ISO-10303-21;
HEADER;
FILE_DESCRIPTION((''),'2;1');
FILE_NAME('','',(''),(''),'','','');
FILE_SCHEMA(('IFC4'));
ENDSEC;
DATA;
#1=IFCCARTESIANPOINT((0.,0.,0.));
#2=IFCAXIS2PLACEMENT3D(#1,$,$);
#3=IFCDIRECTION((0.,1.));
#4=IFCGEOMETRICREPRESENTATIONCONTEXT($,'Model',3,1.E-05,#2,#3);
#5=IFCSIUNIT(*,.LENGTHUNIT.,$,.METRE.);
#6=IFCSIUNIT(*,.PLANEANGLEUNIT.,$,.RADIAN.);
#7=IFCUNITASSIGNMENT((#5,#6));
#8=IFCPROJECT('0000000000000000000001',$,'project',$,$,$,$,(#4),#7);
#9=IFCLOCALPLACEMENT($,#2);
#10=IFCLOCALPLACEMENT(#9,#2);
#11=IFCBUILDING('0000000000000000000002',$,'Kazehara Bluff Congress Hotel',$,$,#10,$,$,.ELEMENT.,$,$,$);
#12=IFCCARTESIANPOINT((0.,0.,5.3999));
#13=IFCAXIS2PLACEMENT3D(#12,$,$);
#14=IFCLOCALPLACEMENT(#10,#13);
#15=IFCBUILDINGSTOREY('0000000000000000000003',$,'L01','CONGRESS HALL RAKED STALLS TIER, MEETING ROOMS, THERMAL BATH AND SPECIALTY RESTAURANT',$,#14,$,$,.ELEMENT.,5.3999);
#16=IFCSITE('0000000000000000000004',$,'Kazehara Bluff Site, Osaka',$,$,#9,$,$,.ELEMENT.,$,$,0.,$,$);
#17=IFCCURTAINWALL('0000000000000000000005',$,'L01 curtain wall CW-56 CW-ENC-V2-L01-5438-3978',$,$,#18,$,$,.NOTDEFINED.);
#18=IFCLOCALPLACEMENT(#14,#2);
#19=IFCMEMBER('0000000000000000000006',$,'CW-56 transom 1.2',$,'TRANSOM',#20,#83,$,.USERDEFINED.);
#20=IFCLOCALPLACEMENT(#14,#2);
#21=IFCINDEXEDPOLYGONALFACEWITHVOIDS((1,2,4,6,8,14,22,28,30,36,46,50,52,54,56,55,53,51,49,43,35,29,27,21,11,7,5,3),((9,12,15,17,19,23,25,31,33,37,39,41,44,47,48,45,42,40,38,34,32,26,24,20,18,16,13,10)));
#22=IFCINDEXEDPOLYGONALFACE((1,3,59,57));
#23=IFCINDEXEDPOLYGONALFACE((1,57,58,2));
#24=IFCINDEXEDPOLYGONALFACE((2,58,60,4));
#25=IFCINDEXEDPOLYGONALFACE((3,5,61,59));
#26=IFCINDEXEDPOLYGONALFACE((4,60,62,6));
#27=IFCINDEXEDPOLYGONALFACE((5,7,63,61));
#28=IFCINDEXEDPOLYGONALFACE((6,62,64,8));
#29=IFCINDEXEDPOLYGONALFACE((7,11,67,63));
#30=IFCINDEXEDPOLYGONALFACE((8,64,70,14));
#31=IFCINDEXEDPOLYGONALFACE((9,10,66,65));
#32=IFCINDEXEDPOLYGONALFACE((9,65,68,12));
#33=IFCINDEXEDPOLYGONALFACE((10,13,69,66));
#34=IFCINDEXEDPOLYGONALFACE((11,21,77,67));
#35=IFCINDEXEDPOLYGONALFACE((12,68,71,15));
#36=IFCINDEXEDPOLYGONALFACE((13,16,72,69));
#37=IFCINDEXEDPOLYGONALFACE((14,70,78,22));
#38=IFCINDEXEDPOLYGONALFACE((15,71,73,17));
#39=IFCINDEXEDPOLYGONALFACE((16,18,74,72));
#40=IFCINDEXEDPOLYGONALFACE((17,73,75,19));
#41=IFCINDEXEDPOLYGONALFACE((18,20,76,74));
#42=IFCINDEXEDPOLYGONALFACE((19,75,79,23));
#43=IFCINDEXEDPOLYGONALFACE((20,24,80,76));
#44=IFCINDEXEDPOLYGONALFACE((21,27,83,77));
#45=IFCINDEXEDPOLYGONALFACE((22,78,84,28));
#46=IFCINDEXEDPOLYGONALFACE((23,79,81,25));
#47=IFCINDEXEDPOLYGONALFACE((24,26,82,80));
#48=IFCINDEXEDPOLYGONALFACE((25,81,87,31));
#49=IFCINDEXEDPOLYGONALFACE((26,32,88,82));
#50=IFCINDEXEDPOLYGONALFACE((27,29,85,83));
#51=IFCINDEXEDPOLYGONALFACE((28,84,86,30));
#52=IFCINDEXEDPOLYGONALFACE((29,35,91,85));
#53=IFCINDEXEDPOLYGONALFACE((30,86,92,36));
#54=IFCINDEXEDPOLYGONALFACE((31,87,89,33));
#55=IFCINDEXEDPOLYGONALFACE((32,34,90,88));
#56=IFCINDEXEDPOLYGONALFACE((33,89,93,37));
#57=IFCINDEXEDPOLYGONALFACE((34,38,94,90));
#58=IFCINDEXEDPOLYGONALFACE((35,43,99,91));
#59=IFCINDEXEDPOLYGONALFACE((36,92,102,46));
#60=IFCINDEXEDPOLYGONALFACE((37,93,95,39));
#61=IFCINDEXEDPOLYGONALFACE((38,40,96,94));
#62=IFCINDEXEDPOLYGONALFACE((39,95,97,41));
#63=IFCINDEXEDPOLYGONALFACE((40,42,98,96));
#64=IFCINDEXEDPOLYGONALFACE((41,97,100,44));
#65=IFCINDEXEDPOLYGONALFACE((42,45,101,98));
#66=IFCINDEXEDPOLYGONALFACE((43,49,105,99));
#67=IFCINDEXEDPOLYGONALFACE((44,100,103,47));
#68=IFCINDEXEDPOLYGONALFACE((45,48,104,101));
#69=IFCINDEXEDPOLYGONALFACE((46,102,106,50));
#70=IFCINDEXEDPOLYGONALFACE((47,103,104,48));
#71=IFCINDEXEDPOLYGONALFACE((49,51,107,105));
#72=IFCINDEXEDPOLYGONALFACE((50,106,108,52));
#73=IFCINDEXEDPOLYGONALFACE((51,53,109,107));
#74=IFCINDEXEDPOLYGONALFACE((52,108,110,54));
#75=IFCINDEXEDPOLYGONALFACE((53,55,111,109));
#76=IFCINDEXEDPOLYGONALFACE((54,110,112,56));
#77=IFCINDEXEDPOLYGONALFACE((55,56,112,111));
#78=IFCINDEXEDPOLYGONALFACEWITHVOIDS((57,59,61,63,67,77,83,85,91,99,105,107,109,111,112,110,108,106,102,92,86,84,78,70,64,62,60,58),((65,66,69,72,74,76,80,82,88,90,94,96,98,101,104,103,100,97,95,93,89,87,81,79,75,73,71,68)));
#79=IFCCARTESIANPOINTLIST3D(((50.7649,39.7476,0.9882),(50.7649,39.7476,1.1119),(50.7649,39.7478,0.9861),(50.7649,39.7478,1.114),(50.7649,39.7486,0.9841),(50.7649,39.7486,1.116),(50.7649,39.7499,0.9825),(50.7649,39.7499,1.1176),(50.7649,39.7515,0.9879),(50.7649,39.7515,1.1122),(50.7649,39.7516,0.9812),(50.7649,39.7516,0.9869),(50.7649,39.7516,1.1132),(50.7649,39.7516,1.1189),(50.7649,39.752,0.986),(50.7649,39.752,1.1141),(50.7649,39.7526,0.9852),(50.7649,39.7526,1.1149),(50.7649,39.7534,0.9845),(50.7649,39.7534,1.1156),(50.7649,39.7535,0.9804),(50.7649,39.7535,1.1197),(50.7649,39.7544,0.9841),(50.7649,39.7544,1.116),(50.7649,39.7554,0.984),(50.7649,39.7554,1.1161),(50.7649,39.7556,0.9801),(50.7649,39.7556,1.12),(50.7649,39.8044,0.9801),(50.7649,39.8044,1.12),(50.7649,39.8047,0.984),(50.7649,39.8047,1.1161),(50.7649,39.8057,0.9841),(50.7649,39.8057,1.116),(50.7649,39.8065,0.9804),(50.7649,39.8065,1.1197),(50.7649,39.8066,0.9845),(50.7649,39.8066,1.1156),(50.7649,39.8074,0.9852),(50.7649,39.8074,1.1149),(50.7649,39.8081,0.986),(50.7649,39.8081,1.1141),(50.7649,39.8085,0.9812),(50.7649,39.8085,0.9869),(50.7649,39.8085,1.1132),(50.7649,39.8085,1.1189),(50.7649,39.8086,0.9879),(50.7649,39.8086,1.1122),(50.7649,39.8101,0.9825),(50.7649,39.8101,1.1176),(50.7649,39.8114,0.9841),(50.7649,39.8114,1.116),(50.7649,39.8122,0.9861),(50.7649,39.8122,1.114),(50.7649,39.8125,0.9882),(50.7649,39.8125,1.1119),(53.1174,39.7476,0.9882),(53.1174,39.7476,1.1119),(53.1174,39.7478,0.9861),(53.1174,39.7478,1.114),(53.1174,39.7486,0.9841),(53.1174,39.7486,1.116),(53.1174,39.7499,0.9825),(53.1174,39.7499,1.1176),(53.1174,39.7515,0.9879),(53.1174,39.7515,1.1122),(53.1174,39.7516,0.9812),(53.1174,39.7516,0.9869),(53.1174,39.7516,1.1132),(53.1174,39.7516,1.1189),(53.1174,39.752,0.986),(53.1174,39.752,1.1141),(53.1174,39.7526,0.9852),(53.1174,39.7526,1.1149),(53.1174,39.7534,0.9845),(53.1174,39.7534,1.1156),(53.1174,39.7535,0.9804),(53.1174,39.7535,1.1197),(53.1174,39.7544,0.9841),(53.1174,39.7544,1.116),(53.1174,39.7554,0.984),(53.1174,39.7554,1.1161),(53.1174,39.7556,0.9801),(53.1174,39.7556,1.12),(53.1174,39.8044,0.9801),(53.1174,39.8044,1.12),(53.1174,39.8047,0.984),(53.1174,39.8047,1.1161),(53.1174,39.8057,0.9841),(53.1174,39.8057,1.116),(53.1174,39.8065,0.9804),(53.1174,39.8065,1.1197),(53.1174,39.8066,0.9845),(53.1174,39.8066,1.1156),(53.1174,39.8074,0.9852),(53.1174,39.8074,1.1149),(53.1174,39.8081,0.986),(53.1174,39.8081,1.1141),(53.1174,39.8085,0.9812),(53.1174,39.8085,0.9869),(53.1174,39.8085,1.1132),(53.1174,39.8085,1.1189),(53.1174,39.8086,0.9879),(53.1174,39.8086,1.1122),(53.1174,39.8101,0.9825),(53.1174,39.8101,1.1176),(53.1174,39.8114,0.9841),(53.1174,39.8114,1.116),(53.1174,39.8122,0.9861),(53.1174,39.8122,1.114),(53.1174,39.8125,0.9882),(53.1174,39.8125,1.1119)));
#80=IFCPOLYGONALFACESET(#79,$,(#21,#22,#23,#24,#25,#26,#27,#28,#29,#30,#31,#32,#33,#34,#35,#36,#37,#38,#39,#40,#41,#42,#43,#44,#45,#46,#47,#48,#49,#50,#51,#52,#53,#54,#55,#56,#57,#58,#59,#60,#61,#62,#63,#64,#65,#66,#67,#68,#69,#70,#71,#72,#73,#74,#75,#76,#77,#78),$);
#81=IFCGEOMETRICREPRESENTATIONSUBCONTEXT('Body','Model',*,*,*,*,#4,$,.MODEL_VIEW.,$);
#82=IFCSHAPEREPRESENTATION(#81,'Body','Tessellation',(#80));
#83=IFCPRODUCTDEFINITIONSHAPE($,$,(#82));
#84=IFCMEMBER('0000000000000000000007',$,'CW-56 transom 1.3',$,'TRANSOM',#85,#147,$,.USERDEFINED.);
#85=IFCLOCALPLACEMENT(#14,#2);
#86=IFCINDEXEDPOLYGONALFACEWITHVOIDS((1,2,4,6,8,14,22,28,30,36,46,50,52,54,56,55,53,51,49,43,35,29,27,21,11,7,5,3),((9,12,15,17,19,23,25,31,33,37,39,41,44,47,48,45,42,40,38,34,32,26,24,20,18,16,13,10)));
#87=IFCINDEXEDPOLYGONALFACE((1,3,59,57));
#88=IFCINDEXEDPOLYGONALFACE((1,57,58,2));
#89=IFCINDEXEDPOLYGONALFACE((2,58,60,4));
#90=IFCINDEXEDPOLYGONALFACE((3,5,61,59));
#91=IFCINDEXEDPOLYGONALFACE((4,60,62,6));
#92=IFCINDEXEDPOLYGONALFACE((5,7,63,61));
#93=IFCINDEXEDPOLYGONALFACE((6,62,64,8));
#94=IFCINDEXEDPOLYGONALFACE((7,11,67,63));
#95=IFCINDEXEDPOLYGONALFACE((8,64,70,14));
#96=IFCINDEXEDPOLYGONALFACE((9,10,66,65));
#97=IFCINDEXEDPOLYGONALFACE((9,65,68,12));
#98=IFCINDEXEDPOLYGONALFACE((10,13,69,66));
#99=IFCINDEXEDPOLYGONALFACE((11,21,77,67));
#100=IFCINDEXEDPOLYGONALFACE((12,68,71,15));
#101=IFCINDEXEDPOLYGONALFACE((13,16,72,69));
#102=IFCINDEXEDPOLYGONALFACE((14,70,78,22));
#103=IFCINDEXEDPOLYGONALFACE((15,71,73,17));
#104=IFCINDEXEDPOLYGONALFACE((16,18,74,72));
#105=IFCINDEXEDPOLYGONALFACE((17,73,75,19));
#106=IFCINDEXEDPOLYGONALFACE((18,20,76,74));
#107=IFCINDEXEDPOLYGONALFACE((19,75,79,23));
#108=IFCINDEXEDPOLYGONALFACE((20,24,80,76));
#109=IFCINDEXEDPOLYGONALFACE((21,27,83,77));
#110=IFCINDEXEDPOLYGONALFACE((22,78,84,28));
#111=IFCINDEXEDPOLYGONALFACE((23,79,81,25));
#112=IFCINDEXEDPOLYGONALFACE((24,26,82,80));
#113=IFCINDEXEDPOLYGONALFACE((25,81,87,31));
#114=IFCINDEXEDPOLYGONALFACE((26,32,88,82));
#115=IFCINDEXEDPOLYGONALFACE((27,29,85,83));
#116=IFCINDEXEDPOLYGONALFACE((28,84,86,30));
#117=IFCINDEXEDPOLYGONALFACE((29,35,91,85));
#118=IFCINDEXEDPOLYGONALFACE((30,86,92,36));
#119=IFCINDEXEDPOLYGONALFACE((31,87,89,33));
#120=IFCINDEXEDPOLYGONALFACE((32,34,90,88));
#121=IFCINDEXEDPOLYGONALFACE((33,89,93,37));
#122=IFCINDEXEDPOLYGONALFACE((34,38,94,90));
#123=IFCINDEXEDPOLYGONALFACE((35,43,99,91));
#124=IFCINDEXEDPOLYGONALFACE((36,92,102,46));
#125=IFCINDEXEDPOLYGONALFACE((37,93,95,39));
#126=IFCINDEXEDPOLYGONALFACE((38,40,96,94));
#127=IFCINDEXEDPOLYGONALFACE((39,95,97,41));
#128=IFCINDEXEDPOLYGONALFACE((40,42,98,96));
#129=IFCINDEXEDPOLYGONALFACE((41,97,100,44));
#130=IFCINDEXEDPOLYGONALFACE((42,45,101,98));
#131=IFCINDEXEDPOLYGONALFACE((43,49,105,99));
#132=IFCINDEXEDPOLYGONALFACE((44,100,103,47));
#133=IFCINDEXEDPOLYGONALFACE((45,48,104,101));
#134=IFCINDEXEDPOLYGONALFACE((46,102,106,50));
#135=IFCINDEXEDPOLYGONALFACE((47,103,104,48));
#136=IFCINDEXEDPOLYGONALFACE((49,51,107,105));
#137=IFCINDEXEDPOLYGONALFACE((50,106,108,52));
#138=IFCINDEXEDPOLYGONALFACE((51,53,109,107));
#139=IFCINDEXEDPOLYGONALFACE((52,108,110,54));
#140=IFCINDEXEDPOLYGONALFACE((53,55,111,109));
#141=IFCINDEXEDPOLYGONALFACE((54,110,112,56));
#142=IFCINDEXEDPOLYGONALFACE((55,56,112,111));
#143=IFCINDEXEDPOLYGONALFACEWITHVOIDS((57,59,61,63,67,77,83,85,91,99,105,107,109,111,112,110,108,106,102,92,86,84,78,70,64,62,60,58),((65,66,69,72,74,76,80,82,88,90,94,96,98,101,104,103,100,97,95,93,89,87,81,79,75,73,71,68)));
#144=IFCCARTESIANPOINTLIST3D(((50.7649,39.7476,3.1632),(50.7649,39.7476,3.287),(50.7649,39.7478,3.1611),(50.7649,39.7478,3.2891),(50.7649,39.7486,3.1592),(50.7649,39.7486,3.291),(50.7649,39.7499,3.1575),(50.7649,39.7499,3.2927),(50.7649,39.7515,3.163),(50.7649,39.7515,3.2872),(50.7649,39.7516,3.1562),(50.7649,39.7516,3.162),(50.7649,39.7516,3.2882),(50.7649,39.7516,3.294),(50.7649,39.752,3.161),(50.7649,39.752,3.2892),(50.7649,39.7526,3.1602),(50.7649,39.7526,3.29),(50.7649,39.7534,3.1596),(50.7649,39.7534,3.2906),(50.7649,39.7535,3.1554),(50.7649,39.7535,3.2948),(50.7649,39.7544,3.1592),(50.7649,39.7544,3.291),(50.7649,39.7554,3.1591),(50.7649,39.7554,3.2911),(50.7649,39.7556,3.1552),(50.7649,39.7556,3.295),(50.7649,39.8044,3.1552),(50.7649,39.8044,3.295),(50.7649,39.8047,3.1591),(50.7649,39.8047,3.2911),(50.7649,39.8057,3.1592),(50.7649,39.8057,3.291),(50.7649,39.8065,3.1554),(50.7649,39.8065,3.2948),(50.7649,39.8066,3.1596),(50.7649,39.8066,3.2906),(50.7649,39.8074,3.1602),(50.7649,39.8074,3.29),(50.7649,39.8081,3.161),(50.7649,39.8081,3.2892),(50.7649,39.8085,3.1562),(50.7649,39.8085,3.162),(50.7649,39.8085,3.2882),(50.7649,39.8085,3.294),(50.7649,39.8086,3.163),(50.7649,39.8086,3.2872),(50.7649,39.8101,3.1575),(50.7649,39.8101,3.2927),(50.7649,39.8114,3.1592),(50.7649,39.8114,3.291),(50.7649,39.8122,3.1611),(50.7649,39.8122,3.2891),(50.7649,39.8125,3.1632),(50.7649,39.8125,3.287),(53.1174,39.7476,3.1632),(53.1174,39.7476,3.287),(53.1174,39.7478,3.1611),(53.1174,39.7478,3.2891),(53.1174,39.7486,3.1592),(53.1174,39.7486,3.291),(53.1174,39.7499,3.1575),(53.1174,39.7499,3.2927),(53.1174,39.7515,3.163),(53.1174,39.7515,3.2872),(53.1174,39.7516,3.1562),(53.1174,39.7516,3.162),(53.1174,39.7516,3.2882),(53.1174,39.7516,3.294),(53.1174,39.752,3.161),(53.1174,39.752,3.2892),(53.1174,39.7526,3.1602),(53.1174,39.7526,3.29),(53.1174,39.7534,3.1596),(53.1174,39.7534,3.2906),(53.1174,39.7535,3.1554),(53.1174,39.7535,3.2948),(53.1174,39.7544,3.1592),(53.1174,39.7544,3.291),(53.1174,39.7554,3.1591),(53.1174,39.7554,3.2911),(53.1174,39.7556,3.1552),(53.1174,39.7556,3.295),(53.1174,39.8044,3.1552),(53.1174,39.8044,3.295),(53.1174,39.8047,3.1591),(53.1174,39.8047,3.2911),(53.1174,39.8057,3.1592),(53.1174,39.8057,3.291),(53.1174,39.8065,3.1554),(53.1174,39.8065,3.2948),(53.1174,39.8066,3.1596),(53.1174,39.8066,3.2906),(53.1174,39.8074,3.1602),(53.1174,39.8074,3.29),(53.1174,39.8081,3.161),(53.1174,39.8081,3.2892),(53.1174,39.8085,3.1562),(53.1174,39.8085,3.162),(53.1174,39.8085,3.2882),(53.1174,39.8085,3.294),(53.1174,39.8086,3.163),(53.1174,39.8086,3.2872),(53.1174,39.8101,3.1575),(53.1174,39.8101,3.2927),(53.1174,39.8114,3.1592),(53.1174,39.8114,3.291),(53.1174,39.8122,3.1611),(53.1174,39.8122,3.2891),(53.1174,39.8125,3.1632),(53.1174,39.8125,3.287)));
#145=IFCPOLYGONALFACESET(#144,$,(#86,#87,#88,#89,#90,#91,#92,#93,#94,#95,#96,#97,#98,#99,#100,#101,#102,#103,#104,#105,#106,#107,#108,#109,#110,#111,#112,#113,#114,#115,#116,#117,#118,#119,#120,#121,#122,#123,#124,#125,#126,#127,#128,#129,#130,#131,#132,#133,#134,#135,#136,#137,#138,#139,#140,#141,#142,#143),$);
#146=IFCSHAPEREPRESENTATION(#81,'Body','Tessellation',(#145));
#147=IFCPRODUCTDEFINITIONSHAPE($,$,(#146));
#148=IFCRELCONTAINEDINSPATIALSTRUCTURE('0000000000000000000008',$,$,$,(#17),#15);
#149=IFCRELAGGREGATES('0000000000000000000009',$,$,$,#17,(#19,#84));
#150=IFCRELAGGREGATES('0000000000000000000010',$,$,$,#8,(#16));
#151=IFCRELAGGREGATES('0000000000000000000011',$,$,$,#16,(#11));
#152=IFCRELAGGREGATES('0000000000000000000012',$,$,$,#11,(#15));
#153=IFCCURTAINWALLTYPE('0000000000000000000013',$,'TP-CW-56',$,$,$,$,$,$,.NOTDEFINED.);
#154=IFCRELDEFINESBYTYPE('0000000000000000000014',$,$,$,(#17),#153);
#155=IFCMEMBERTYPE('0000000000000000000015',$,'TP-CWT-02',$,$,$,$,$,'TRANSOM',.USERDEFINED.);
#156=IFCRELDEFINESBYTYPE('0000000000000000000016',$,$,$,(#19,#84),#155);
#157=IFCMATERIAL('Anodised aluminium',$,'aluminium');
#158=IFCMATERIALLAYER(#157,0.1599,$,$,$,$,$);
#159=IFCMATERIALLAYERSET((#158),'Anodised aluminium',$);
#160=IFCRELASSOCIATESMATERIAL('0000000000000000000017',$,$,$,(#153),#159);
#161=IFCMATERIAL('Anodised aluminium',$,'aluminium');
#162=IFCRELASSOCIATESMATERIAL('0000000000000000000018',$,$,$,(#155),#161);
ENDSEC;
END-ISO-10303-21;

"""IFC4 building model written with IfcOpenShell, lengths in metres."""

from ifc_helpers import new_model, si_unit, direction, frame, origin, origin_2d, place, context, subcontext, project, spatial, hollow_rectangle, extrude, material, layer, layer_set, material_profile, profile_set, type_object, element, aggregate, save


model = new_model("IFC4")

# Units and contexts
model_context = context("Model", 3, precision=1e-05, world=origin(), true_north=direction((0.0, 1.0)))
body_context = subcontext(model_context, "Body", "Model", "MODEL_VIEW")
ifc_project = project(units=[si_unit("LENGTHUNIT", "METRE"), si_unit("PLANEANGLEUNIT", "RADIAN")], contexts=[model_context])

# Site, building, storey
site_placement = place(None, origin())
site = spatial("IfcSite", under=ifc_project, at=site_placement, Name="Kazehara Bluff Site, Osaka", CompositionType="ELEMENT", RefElevation=0.0)
building_placement = place(site_placement, origin())
building = spatial("IfcBuilding", under=site, at=building_placement, Name="Kazehara Bluff Congress Hotel", CompositionType="ELEMENT")
storey_placement = place(building_placement, frame((0.0, 0.0, 5.3999)))
storey = spatial("IfcBuildingStorey", under=building, at=storey_placement, Name="L01", Description="CONGRESS HALL RAKED STALLS TIER, MEETING ROOMS, THERMAL BATH AND SPECIALTY RESTAURANT", CompositionType="ELEMENT", Elevation=5.3999)

# Curtain wall
ifc_material_1 = material(Name="Anodised aluminium", Category="aluminium")
ifc_layer_1 = layer(ifc_material_1, 0.1599)
ifc_layer_set_1 = layer_set([ifc_layer_1], Name="Anodised aluminium")
curtain_wall_type_1 = type_object("IfcCurtainWallType", Name="TP-CW-56", PredefinedType="NOTDEFINED", material=ifc_layer_set_1)
curtain_wall_1_placement = place(storey_placement, origin())
curtain_wall_1 = element("IfcCurtainWall", 1, at=curtain_wall_1_placement, inside=storey, type_object=curtain_wall_type_1, Name="L01 curtain wall CW-56 CW-ENC-V2-L01-5438-3978", PredefinedType="NOTDEFINED")

# Members
ifc_material_2 = material(Name="Anodised aluminium", Category="aluminium")
ifc_material_profile_1 = material_profile(ifc_material_2, hollow_rectangle(XDim=0.0649, YDim=0.1399, WallThickness=0.0039, InnerFilletRadius=0.0039, OuterFilletRadius=0.0081, at=origin_2d()))
ifc_profile_set_1 = profile_set([ifc_material_profile_1], Name="Anodised aluminium")
member_type_1 = type_object("IfcMemberType", Name="TP-CWT-02", ElementType="TRANSOM", PredefinedType="USERDEFINED", material=ifc_profile_set_1)
member_1_placement = place(storey_placement, frame((50.7649, 39.78, 1.05), z_axis=(1.0, 0.0, 0.0), x_axis=(0.0, 1.0, 0.0)))
member_1 = element("IfcMember", 2, at=member_1_placement, type_object=member_type_1, Name="CW-56 transom 1.2", ObjectType="TRANSOM", PredefinedType="USERDEFINED", context=body_context, shape_type="SweptSolid", body=[
    extrude(hollow_rectangle(XDim=0.0649, YDim=0.1399, WallThickness=0.0039, InnerFilletRadius=0.0039, OuterFilletRadius=0.0081, at=origin_2d()), origin(), (0.0, 0.0, 1.0), 2.3525),
])
member_2_placement = place(storey_placement, frame((50.7649, 39.78, 3.2251), z_axis=(1.0, 0.0, 0.0), x_axis=(0.0, 1.0, 0.0)))
member_2 = element("IfcMember", 3, at=member_2_placement, type_object=member_type_1, Name="CW-56 transom 1.3", ObjectType="TRANSOM", PredefinedType="USERDEFINED", context=body_context, shape_type="SweptSolid", body=[
    extrude(hollow_rectangle(XDim=0.0649, YDim=0.1399, WallThickness=0.0039, InnerFilletRadius=0.0039, OuterFilletRadius=0.0081, at=origin_2d()), origin(), (0.0, 0.0, 1.0), 2.3525),
])

aggregate(curtain_wall_1, [member_1, member_2])

save(model, "model.ifc")
